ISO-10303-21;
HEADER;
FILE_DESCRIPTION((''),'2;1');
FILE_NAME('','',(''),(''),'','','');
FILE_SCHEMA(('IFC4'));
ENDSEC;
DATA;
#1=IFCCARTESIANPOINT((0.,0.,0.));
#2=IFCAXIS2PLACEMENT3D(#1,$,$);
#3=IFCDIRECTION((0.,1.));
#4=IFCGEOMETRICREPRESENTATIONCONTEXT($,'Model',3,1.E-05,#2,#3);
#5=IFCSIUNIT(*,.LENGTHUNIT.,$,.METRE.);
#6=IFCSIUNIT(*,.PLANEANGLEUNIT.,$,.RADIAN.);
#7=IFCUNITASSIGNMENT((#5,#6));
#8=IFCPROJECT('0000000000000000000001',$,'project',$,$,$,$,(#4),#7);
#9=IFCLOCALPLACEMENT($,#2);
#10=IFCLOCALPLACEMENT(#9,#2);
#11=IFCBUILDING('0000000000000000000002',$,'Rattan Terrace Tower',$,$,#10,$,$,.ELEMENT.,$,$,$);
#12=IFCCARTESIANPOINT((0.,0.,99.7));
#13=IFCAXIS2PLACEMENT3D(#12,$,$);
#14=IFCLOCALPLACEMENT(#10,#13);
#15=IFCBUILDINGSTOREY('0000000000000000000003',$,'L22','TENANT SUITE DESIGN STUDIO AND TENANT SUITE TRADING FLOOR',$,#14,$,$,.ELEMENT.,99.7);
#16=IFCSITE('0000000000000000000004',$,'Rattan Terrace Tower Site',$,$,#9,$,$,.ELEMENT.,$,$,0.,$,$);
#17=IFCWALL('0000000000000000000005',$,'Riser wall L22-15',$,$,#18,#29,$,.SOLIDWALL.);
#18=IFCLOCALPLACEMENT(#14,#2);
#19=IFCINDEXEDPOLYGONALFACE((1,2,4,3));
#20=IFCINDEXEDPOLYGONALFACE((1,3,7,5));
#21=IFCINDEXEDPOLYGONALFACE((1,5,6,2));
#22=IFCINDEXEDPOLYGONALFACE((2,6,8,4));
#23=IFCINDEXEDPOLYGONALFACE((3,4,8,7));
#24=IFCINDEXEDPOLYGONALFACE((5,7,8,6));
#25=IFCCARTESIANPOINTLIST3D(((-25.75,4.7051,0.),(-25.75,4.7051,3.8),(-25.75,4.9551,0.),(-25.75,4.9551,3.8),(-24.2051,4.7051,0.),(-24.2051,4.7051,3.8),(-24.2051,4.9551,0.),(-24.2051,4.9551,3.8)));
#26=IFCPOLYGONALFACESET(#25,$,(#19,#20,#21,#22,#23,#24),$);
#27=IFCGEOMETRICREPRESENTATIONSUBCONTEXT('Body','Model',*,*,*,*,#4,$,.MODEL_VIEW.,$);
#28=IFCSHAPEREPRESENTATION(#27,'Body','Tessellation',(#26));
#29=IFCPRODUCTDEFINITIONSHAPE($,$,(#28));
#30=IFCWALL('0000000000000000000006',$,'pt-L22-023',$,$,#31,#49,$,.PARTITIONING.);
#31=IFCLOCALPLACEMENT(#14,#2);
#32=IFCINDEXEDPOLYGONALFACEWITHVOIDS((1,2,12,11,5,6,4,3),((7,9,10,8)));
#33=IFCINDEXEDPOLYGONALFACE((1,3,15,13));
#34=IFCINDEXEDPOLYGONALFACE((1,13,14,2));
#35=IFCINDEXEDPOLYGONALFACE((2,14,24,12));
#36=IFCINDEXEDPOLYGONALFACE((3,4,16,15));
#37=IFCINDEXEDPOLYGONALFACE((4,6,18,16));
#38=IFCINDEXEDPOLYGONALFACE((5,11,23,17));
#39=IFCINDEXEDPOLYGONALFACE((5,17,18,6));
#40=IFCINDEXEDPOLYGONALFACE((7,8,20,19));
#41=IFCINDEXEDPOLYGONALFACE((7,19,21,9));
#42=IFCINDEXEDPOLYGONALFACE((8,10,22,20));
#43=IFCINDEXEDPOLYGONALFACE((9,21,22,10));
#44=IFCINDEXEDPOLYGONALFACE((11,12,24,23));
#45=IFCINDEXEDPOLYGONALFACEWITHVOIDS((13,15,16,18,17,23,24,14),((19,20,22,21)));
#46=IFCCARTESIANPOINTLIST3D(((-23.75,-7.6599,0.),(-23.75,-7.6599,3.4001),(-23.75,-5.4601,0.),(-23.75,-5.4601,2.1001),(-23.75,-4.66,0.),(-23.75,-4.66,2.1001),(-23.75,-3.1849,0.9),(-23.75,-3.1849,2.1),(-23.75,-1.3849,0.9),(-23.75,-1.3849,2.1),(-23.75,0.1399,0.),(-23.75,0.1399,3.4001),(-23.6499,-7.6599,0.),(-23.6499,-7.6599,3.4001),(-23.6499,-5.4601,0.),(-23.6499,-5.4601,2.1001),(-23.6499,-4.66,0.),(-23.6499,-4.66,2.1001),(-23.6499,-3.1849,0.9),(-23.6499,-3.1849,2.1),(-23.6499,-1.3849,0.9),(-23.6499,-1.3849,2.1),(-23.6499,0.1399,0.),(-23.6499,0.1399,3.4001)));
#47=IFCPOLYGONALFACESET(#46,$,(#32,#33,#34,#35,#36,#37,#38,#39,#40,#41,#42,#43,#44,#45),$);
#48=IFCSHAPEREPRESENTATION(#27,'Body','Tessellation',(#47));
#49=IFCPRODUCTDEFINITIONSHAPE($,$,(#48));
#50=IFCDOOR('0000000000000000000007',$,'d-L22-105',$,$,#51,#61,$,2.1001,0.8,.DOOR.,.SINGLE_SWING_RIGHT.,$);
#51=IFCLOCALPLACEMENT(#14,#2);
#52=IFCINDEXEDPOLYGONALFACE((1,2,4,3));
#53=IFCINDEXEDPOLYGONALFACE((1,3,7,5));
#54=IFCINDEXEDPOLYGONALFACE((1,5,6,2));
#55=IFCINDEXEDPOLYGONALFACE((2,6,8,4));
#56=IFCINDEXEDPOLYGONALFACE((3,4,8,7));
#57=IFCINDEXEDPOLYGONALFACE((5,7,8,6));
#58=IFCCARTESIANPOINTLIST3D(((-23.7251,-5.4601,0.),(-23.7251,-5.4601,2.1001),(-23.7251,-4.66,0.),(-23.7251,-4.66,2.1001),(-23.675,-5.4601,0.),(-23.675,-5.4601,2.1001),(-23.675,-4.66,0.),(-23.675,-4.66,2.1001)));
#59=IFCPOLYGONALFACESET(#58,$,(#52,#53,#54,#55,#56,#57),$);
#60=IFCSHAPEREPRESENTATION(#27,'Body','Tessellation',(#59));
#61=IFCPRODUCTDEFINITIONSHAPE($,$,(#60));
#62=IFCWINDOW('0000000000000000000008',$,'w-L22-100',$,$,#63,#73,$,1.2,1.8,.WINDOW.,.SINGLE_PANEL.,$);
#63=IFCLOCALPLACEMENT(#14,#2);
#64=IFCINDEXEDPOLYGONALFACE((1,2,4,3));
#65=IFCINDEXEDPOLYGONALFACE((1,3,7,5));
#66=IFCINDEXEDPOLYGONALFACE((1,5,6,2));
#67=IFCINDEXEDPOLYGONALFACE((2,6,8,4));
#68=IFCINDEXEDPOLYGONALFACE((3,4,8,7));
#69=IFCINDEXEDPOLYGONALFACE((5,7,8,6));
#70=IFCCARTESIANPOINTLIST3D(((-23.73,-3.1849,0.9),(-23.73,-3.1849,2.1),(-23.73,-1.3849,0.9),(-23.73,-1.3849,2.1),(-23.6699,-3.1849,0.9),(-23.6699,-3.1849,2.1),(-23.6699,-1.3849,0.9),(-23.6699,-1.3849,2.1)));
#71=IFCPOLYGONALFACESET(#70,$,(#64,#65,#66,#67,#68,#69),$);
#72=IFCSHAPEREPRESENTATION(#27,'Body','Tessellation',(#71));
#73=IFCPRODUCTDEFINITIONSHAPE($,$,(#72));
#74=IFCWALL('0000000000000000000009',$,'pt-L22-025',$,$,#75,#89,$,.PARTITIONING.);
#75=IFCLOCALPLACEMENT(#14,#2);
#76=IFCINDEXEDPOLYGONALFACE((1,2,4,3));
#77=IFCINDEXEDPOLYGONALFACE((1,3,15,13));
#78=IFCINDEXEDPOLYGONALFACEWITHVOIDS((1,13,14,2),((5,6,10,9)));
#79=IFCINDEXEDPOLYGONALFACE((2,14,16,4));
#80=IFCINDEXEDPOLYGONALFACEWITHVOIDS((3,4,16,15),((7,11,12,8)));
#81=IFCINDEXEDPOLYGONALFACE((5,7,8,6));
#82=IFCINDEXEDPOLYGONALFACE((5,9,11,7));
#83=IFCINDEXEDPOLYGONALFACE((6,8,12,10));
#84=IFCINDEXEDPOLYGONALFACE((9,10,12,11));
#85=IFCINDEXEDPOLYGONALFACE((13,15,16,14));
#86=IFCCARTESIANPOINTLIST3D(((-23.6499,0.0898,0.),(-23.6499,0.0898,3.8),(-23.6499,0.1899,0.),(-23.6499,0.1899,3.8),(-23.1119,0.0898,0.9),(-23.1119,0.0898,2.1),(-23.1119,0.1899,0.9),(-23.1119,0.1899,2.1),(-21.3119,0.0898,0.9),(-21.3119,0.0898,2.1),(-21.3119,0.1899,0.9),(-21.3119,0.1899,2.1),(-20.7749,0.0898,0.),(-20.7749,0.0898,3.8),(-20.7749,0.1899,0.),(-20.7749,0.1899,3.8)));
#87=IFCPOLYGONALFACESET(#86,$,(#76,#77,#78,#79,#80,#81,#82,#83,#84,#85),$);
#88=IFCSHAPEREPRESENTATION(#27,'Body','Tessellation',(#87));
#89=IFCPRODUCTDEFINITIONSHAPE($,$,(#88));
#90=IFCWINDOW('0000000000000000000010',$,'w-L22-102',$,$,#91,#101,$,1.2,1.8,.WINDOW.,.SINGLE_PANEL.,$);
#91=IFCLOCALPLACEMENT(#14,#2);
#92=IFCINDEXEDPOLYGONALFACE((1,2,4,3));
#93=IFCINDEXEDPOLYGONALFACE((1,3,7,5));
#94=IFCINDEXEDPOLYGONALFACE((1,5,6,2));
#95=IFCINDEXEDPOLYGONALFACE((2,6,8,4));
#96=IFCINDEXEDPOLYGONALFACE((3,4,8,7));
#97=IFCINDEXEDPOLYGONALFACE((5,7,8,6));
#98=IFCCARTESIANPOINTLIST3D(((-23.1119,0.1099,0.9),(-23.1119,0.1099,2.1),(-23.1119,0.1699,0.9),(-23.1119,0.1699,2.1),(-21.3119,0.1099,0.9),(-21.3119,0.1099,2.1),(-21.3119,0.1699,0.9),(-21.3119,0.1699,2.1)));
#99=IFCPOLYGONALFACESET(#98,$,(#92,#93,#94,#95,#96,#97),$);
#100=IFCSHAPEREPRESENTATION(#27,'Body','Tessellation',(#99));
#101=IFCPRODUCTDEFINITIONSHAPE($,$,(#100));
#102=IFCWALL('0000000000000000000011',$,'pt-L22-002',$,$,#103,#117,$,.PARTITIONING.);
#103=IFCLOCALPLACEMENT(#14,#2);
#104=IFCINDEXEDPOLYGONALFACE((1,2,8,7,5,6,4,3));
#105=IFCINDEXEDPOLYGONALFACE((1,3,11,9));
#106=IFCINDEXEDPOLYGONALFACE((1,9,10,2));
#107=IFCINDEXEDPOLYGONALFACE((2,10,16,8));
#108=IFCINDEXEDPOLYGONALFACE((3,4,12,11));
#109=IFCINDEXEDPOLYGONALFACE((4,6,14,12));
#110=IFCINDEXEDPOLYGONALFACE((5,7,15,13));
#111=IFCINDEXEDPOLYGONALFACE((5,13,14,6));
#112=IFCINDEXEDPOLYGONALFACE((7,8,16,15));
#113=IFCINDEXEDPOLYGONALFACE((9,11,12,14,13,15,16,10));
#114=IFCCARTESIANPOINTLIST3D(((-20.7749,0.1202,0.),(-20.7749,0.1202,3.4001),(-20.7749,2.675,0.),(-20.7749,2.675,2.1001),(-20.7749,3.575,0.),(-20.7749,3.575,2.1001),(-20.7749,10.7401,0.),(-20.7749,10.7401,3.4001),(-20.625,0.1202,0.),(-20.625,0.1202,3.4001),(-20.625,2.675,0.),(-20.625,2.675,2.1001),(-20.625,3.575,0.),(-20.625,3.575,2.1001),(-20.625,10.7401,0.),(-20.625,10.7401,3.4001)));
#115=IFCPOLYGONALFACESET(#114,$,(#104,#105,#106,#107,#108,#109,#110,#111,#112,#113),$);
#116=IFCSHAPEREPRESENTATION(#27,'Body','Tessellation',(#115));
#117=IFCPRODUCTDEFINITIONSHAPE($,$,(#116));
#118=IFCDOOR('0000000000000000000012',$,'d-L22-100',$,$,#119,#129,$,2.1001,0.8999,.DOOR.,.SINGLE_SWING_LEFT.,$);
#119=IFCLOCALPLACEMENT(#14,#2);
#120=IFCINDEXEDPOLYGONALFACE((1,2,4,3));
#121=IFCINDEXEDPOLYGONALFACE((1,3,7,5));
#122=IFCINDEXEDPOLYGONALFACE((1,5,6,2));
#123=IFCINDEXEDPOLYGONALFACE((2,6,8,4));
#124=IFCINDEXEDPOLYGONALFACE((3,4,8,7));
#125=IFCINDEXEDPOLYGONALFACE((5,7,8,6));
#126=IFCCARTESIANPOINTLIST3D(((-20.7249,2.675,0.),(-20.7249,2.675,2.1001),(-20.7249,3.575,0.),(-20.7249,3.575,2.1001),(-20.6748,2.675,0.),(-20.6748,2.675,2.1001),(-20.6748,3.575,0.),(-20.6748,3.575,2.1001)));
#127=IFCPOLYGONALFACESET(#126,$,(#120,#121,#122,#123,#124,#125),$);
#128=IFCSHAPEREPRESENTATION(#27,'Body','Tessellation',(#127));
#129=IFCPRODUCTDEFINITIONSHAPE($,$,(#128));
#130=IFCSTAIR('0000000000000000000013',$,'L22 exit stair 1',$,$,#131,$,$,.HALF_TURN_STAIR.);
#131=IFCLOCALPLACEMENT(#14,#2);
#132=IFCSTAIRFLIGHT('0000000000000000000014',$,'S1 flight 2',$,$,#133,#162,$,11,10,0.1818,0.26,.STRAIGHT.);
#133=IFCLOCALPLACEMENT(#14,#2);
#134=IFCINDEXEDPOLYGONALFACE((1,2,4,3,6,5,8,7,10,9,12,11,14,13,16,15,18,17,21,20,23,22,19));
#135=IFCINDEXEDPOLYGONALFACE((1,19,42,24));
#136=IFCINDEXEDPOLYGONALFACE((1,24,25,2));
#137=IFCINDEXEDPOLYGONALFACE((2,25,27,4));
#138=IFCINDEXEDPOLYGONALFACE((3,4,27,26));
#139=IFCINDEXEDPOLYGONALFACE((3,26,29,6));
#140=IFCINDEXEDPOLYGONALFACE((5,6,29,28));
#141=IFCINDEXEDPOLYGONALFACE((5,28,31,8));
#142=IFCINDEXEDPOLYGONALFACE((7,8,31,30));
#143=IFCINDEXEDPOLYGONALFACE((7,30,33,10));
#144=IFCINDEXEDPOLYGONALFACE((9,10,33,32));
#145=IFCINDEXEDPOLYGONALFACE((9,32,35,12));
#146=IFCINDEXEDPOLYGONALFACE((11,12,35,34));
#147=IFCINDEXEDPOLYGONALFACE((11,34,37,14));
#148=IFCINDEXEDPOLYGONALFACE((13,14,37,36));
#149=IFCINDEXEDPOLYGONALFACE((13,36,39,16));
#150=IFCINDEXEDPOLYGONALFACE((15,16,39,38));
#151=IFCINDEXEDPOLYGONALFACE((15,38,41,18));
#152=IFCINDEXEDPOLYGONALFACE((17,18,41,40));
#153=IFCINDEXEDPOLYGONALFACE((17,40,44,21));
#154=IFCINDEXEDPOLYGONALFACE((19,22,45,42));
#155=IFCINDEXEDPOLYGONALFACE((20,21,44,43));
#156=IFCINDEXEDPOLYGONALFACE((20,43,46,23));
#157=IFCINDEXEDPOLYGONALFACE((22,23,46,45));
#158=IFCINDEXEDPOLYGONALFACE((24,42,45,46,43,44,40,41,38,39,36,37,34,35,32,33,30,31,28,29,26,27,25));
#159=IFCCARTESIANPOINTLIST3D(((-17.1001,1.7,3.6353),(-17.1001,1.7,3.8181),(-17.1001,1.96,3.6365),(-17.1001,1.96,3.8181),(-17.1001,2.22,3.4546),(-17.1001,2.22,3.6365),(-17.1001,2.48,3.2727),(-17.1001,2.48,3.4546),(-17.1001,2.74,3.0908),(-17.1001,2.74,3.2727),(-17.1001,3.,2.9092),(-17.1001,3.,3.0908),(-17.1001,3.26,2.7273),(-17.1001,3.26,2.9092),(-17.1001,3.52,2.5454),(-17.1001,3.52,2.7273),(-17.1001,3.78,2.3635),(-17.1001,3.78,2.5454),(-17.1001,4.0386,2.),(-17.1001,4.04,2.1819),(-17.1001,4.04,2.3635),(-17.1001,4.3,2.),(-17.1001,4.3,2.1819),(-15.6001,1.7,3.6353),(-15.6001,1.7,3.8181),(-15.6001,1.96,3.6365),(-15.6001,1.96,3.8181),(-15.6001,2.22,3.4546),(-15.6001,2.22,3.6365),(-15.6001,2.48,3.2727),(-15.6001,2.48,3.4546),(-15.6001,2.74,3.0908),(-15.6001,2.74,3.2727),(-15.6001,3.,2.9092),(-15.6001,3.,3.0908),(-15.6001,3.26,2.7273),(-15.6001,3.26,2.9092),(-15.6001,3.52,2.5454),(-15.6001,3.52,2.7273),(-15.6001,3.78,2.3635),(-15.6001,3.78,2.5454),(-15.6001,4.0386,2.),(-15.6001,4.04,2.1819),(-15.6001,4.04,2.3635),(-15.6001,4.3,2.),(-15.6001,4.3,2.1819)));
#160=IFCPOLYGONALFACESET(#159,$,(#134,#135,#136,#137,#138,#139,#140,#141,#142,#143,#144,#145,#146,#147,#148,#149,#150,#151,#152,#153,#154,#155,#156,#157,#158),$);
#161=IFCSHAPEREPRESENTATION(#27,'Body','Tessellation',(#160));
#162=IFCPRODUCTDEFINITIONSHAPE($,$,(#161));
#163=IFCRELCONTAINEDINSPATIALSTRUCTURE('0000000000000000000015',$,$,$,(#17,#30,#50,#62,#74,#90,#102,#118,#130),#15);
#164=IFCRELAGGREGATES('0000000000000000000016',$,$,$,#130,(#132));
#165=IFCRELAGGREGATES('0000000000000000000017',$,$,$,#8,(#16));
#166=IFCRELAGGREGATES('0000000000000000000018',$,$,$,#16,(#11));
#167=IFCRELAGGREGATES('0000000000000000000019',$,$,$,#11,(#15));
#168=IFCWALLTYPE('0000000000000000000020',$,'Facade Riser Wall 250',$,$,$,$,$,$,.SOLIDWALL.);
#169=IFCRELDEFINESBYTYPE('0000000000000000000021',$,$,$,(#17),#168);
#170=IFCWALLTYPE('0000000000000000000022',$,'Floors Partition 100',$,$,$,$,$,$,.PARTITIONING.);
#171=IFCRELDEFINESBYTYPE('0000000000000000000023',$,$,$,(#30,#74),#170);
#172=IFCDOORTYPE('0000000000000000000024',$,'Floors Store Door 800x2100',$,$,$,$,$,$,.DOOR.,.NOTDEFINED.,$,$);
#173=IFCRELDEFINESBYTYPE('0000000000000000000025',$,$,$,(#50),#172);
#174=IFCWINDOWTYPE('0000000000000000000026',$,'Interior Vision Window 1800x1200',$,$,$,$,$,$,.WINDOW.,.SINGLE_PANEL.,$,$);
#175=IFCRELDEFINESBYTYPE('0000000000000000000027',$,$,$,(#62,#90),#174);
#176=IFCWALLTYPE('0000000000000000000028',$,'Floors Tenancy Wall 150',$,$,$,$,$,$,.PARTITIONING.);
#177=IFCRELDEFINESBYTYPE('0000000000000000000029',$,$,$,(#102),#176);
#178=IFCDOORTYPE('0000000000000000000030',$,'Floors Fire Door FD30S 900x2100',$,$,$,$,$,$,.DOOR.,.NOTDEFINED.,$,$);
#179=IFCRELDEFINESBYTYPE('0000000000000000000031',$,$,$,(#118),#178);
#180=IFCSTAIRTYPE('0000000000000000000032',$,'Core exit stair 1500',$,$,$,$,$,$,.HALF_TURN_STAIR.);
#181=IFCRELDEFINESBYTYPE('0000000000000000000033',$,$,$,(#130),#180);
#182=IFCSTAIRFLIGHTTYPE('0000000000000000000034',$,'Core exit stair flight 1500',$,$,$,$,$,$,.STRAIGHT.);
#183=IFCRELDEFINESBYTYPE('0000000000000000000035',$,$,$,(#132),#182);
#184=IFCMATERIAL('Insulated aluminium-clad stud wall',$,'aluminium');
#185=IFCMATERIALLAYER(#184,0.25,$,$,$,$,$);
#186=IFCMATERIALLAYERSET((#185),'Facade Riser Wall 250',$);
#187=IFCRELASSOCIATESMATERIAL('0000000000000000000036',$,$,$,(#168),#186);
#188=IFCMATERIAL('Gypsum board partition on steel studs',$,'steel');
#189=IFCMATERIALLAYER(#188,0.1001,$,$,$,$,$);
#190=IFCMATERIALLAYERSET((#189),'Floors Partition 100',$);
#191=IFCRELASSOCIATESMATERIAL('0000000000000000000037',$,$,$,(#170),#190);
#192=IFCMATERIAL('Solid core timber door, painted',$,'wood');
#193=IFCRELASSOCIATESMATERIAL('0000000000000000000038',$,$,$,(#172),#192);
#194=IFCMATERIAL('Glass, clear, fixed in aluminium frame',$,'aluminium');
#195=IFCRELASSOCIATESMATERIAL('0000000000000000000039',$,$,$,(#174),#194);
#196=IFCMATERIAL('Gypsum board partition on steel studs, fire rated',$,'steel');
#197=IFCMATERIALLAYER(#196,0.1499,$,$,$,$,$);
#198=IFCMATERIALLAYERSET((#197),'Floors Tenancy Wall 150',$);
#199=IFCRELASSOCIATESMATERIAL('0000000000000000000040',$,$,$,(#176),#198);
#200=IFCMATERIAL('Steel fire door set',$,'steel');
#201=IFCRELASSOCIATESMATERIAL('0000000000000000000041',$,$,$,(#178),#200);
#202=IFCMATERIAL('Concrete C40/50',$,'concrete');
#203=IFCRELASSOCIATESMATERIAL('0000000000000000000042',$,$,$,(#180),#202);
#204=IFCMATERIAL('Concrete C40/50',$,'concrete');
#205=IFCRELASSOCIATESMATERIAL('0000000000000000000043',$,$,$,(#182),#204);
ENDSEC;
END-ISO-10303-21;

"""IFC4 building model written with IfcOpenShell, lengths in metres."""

from ifc_helpers import new_model, si_unit, direction, frame, frame_2d, origin, place, context, subcontext, project, spatial, polyline, rectangle, outline, extrude, material, layer, layer_set, type_object, element, fill, aggregate, save


model = new_model("IFC4")

# Units and contexts
model_context = context("Model", 3, precision=1e-05, world=origin(), true_north=direction((0.0, 1.0)))
body_context = subcontext(model_context, "Body", "Model", "MODEL_VIEW")
ifc_project = project(units=[si_unit("LENGTHUNIT", "METRE"), si_unit("PLANEANGLEUNIT", "RADIAN")], contexts=[model_context])

# Site, building, storey
site_placement = place(None, origin())
site = spatial("IfcSite", under=ifc_project, at=site_placement, Name="Rattan Terrace Tower Site", CompositionType="ELEMENT", RefElevation=0.0)
building_placement = place(site_placement, origin())
building = spatial("IfcBuilding", under=site, at=building_placement, Name="Rattan Terrace Tower", CompositionType="ELEMENT")
storey_placement = place(building_placement, frame((0.0, 0.0, 99.7)))
storey = spatial("IfcBuildingStorey", under=building, at=storey_placement, Name="L22", Description="TENANT SUITE DESIGN STUDIO AND TENANT SUITE TRADING FLOOR", CompositionType="ELEMENT", Elevation=99.7)

# Wall
ifc_material_1 = material(Name="Insulated aluminium-clad stud wall", Category="aluminium")
ifc_layer_1 = layer(ifc_material_1, 0.25)
ifc_layer_set_1 = layer_set([ifc_layer_1], Name="Facade Riser Wall 250")
wall_type_1 = type_object("IfcWallType", Name="Facade Riser Wall 250", PredefinedType="SOLIDWALL", material=ifc_layer_set_1)
wall_1_placement = place(storey_placement, frame((-24.2051, 4.8301, 0.0), z_axis=(0.0, 0.0, 1.0), x_axis=(-1.0, 0.0, 0.0)))
element("IfcWall", 1, at=wall_1_placement, inside=storey, type_object=wall_type_1, Name="Riser wall L22-15", PredefinedType="SOLIDWALL", context=body_context, shape_type="SweptSolid", body=[
    extrude(rectangle(XDim=1.5449, YDim=0.25, at=frame_2d((0.7725, 0.0))), origin(), (0.0, 0.0, 1.0), 3.8),
])

# Wall, openings, door, window
ifc_material_2 = material(Name="Gypsum board partition on steel studs", Category="steel")
ifc_layer_2 = layer(ifc_material_2, 0.1001)
ifc_layer_set_2 = layer_set([ifc_layer_2], Name="Floors Partition 100")
wall_type_2 = type_object("IfcWallType", Name="Floors Partition 100", PredefinedType="PARTITIONING", material=ifc_layer_set_2)
wall_2_placement = place(storey_placement, frame((-23.7, 0.1399, 0.0), z_axis=(0.0, 0.0, 1.0), x_axis=(0.0, -1.0, 0.0)))
wall_2 = element("IfcWall", 2, at=wall_2_placement, inside=storey, type_object=wall_type_2, Name="pt-L22-023", PredefinedType="PARTITIONING", context=body_context, shape_type="SweptSolid", body=[
    extrude(rectangle(XDim=7.7998, YDim=0.1001, at=frame_2d((3.8999, 0.0))), origin(), (0.0, 0.0, 1.0), 3.4001),
])
opening_1_placement = place(wall_2_placement, frame((4.8, 0.0, 0.0)))
opening_1 = element("IfcOpeningElement", 3, at=opening_1_placement, cuts=wall_2, PredefinedType="OPENING", context=body_context, shape_type="SweptSolid", body=[
    extrude(rectangle(XDim=0.8, YDim=2.1001, at=frame_2d((0.3999, 1.05))), frame((0.0, 0.0605, 0.0), z_axis=(0.0, -1.0, 0.0), x_axis=(1.0, 0.0, 0.0)), (0.0, 0.0, 1.0), 0.1211),
])
opening_2_placement = place(wall_2_placement, frame((1.5249, 0.0, 0.8999)))
opening_2 = element("IfcOpeningElement", 4, at=opening_2_placement, cuts=wall_2, PredefinedType="OPENING", context=body_context, shape_type="SweptSolid", body=[
    extrude(rectangle(XDim=1.8, YDim=1.2, at=frame_2d((0.8999, 0.6001))), frame((0.0, 0.0605, 0.0), z_axis=(0.0, -1.0, 0.0), x_axis=(1.0, 0.0, 0.0)), (0.0, 0.0, 1.0), 0.1211),
])
ifc_material_3 = material(Name="Solid core timber door, painted", Category="wood")
door_type_1 = type_object("IfcDoorType", Name="Floors Store Door 800x2100", OperationType="NOTDEFINED", PredefinedType="DOOR", material=ifc_material_3)
door_1_placement = place(opening_1_placement, origin())
door_1 = element("IfcDoor", 5, at=door_1_placement, inside=storey, type_object=door_type_1, Name="d-L22-105", OperationType="SINGLE_SWING_RIGHT", OverallHeight=2.1001, OverallWidth=0.8, PredefinedType="DOOR", context=body_context, shape_type="SweptSolid", body=[
    extrude(rectangle(XDim=0.8, YDim=2.1001, at=frame_2d((0.3999, 1.05))), frame((0.0, 0.0249, 0.0), z_axis=(0.0, -1.0, 0.0), x_axis=(1.0, 0.0, 0.0)), (0.0, 0.0, 1.0), 0.05),
])
fill(opening_1, door_1)
ifc_material_4 = material(Name="Glass, clear, fixed in aluminium frame", Category="aluminium")
window_type = type_object("IfcWindowType", Name="Interior Vision Window 1800x1200", PartitioningType="SINGLE_PANEL", PredefinedType="WINDOW", material=ifc_material_4)
window_1_placement = place(opening_2_placement, origin())
window_1 = element("IfcWindow", 6, at=window_1_placement, inside=storey, type_object=window_type, Name="w-L22-100", OverallHeight=1.2, OverallWidth=1.8, PartitioningType="SINGLE_PANEL", PredefinedType="WINDOW", context=body_context, shape_type="SweptSolid", body=[
    extrude(rectangle(XDim=1.8, YDim=1.2, at=frame_2d((0.8999, 0.6001))), frame((0.0, 0.03, 0.0), z_axis=(0.0, -1.0, 0.0), x_axis=(1.0, 0.0, 0.0)), (0.0, 0.0, 1.0), 0.0601),
])
fill(opening_2, window_1)

# Wall, opening, window
wall_3_placement = place(storey_placement, frame((-20.7749, 0.1399, 0.0), z_axis=(0.0, 0.0, 1.0), x_axis=(-1.0, 0.0, 0.0)))
wall_3 = element("IfcWall", 7, at=wall_3_placement, inside=storey, type_object=wall_type_2, Name="pt-L22-025", PredefinedType="PARTITIONING", context=body_context, shape_type="SweptSolid", body=[
    extrude(rectangle(XDim=2.875, YDim=0.1001, at=frame_2d((1.4375, 0.0))), origin(), (0.0, 0.0, 1.0), 3.8),
])
opening_3_placement = place(wall_3_placement, frame((0.5371, 0.0, 0.8999)))
opening_3 = element("IfcOpeningElement", 8, at=opening_3_placement, cuts=wall_3, PredefinedType="OPENING", context=body_context, shape_type="SweptSolid", body=[
    extrude(rectangle(XDim=1.8, YDim=1.2, at=frame_2d((0.8999, 0.6001))), frame((0.0, 0.0605, 0.0), z_axis=(0.0, -1.0, 0.0), x_axis=(1.0, 0.0, 0.0)), (0.0, 0.0, 1.0), 0.1211),
])
window_2_placement = place(opening_3_placement, origin())
window_2 = element("IfcWindow", 9, at=window_2_placement, inside=storey, type_object=window_type, Name="w-L22-102", OverallHeight=1.2, OverallWidth=1.8, PartitioningType="SINGLE_PANEL", PredefinedType="WINDOW", context=body_context, shape_type="SweptSolid", body=[
    extrude(rectangle(XDim=1.8, YDim=1.2, at=frame_2d((0.8999, 0.6001))), frame((0.0, 0.03, 0.0), z_axis=(0.0, -1.0, 0.0), x_axis=(1.0, 0.0, 0.0)), (0.0, 0.0, 1.0), 0.0601),
])
fill(opening_3, window_2)

# Wall, opening, door
ifc_material_5 = material(Name="Gypsum board partition on steel studs, fire rated", Category="steel")
ifc_layer_3 = layer(ifc_material_5, 0.1499)
ifc_layer_set_3 = layer_set([ifc_layer_3], Name="Floors Tenancy Wall 150")
wall_type_3 = type_object("IfcWallType", Name="Floors Tenancy Wall 150", PredefinedType="PARTITIONING", material=ifc_layer_set_3)
wall_4_placement = place(storey_placement, frame((-20.7, 0.1201, 0.0), z_axis=(0.0, 0.0, 1.0), x_axis=(0.0, 1.0, 0.0)))
wall_4 = element("IfcWall", 10, at=wall_4_placement, inside=storey, type_object=wall_type_3, Name="pt-L22-002", PredefinedType="PARTITIONING", context=body_context, shape_type="SweptSolid", body=[
    extrude(rectangle(XDim=10.6199, YDim=0.1499, at=frame_2d((5.3101, 0.0))), origin(), (0.0, 0.0, 1.0), 3.4001),
])
opening_4_placement = place(wall_4_placement, frame((2.5549, 0.0, 0.0)))
opening_4 = element("IfcOpeningElement", 11, at=opening_4_placement, cuts=wall_4, PredefinedType="OPENING", context=body_context, shape_type="SweptSolid", body=[
    extrude(rectangle(XDim=0.8999, YDim=2.1001, at=frame_2d((0.45, 1.05))), frame((0.0, 0.0854, 0.0), z_axis=(0.0, -1.0, 0.0), x_axis=(1.0, 0.0, 0.0)), (0.0, 0.0, 1.0), 0.1709),
])
ifc_material_6 = material(Name="Steel fire door set", Category="steel")
door_type_2 = type_object("IfcDoorType", Name="Floors Fire Door FD30S 900x2100", OperationType="NOTDEFINED", PredefinedType="DOOR", material=ifc_material_6)
door_2_placement = place(opening_4_placement, origin())
door_2 = element("IfcDoor", 12, at=door_2_placement, inside=storey, type_object=door_type_2, Name="d-L22-100", OperationType="SINGLE_SWING_LEFT", OverallHeight=2.1001, OverallWidth=0.8999, PredefinedType="DOOR", context=body_context, shape_type="SweptSolid", body=[
    extrude(rectangle(XDim=0.8999, YDim=2.1001, at=frame_2d((0.45, 1.05))), frame((0.0, 0.0249, 0.0), z_axis=(0.0, -1.0, 0.0), x_axis=(1.0, 0.0, 0.0)), (0.0, 0.0, 1.0), 0.05),
])
fill(opening_4, door_2)

# Stair, stair flight
ifc_material_7 = material(Name="Concrete C40/50", Category="concrete")
stair_type = type_object("IfcStairType", Name="Core exit stair 1500", PredefinedType="HALF_TURN_STAIR", material=ifc_material_7)
stair_placement = place(storey_placement, origin())
stair = element("IfcStair", 13, at=stair_placement, inside=storey, type_object=stair_type, Name="L22 exit stair 1", PredefinedType="HALF_TURN_STAIR")
ifc_material_8 = material(Name="Concrete C40/50", Category="concrete")
stair_flight_type = type_object("IfcStairFlightType", Name="Core exit stair flight 1500", PredefinedType="STRAIGHT", material=ifc_material_8)
stair_flight_placement = place(storey_placement, frame((-16.3501, 4.3, 2.0), z_axis=(0.0, 0.0, 1.0), x_axis=(0.0, -1.0, 0.0)))
stair_flight = element("IfcStairFlight", 14, at=stair_flight_placement, type_object=stair_flight_type, Name="S1 flight 2", NumberOfRisers=11, NumberOfTreads=10, PredefinedType="STRAIGHT", RiserHeight=0.1818, TreadLength=0.26, context=body_context, shape_type="SweptSolid", body=[
    extrude(outline(polyline([(0.0, 0.0), (0.0, 0.1819), (0.26, 0.1819), (0.26, 0.3635), (0.52, 0.3635), (0.52, 0.5454), (0.78, 0.5454), (0.78, 0.7273), (1.04, 0.7273), (1.04, 0.9092), (1.3, 0.9092), (1.3, 1.0908), (1.5601, 1.0908), (1.5601, 1.2727), (1.8201, 1.2727), (1.8201, 1.4546), (2.0801, 1.4546), (2.0801, 1.6365), (2.3401, 1.6365), (2.3401, 1.8181), (2.6001, 1.8181), (2.6001, 2.0), (2.6001, 1.6353), (0.2615, 0.0), (0.0, 0.0)])), frame((0.0, 0.75, 0.0), z_axis=(0.0, -1.0, 0.0), x_axis=(1.0, 0.0, 0.0)), (0.0, 0.0, 1.0), 1.5),
])
aggregate(stair, [stair_flight])

save(model, "model.ifc")
